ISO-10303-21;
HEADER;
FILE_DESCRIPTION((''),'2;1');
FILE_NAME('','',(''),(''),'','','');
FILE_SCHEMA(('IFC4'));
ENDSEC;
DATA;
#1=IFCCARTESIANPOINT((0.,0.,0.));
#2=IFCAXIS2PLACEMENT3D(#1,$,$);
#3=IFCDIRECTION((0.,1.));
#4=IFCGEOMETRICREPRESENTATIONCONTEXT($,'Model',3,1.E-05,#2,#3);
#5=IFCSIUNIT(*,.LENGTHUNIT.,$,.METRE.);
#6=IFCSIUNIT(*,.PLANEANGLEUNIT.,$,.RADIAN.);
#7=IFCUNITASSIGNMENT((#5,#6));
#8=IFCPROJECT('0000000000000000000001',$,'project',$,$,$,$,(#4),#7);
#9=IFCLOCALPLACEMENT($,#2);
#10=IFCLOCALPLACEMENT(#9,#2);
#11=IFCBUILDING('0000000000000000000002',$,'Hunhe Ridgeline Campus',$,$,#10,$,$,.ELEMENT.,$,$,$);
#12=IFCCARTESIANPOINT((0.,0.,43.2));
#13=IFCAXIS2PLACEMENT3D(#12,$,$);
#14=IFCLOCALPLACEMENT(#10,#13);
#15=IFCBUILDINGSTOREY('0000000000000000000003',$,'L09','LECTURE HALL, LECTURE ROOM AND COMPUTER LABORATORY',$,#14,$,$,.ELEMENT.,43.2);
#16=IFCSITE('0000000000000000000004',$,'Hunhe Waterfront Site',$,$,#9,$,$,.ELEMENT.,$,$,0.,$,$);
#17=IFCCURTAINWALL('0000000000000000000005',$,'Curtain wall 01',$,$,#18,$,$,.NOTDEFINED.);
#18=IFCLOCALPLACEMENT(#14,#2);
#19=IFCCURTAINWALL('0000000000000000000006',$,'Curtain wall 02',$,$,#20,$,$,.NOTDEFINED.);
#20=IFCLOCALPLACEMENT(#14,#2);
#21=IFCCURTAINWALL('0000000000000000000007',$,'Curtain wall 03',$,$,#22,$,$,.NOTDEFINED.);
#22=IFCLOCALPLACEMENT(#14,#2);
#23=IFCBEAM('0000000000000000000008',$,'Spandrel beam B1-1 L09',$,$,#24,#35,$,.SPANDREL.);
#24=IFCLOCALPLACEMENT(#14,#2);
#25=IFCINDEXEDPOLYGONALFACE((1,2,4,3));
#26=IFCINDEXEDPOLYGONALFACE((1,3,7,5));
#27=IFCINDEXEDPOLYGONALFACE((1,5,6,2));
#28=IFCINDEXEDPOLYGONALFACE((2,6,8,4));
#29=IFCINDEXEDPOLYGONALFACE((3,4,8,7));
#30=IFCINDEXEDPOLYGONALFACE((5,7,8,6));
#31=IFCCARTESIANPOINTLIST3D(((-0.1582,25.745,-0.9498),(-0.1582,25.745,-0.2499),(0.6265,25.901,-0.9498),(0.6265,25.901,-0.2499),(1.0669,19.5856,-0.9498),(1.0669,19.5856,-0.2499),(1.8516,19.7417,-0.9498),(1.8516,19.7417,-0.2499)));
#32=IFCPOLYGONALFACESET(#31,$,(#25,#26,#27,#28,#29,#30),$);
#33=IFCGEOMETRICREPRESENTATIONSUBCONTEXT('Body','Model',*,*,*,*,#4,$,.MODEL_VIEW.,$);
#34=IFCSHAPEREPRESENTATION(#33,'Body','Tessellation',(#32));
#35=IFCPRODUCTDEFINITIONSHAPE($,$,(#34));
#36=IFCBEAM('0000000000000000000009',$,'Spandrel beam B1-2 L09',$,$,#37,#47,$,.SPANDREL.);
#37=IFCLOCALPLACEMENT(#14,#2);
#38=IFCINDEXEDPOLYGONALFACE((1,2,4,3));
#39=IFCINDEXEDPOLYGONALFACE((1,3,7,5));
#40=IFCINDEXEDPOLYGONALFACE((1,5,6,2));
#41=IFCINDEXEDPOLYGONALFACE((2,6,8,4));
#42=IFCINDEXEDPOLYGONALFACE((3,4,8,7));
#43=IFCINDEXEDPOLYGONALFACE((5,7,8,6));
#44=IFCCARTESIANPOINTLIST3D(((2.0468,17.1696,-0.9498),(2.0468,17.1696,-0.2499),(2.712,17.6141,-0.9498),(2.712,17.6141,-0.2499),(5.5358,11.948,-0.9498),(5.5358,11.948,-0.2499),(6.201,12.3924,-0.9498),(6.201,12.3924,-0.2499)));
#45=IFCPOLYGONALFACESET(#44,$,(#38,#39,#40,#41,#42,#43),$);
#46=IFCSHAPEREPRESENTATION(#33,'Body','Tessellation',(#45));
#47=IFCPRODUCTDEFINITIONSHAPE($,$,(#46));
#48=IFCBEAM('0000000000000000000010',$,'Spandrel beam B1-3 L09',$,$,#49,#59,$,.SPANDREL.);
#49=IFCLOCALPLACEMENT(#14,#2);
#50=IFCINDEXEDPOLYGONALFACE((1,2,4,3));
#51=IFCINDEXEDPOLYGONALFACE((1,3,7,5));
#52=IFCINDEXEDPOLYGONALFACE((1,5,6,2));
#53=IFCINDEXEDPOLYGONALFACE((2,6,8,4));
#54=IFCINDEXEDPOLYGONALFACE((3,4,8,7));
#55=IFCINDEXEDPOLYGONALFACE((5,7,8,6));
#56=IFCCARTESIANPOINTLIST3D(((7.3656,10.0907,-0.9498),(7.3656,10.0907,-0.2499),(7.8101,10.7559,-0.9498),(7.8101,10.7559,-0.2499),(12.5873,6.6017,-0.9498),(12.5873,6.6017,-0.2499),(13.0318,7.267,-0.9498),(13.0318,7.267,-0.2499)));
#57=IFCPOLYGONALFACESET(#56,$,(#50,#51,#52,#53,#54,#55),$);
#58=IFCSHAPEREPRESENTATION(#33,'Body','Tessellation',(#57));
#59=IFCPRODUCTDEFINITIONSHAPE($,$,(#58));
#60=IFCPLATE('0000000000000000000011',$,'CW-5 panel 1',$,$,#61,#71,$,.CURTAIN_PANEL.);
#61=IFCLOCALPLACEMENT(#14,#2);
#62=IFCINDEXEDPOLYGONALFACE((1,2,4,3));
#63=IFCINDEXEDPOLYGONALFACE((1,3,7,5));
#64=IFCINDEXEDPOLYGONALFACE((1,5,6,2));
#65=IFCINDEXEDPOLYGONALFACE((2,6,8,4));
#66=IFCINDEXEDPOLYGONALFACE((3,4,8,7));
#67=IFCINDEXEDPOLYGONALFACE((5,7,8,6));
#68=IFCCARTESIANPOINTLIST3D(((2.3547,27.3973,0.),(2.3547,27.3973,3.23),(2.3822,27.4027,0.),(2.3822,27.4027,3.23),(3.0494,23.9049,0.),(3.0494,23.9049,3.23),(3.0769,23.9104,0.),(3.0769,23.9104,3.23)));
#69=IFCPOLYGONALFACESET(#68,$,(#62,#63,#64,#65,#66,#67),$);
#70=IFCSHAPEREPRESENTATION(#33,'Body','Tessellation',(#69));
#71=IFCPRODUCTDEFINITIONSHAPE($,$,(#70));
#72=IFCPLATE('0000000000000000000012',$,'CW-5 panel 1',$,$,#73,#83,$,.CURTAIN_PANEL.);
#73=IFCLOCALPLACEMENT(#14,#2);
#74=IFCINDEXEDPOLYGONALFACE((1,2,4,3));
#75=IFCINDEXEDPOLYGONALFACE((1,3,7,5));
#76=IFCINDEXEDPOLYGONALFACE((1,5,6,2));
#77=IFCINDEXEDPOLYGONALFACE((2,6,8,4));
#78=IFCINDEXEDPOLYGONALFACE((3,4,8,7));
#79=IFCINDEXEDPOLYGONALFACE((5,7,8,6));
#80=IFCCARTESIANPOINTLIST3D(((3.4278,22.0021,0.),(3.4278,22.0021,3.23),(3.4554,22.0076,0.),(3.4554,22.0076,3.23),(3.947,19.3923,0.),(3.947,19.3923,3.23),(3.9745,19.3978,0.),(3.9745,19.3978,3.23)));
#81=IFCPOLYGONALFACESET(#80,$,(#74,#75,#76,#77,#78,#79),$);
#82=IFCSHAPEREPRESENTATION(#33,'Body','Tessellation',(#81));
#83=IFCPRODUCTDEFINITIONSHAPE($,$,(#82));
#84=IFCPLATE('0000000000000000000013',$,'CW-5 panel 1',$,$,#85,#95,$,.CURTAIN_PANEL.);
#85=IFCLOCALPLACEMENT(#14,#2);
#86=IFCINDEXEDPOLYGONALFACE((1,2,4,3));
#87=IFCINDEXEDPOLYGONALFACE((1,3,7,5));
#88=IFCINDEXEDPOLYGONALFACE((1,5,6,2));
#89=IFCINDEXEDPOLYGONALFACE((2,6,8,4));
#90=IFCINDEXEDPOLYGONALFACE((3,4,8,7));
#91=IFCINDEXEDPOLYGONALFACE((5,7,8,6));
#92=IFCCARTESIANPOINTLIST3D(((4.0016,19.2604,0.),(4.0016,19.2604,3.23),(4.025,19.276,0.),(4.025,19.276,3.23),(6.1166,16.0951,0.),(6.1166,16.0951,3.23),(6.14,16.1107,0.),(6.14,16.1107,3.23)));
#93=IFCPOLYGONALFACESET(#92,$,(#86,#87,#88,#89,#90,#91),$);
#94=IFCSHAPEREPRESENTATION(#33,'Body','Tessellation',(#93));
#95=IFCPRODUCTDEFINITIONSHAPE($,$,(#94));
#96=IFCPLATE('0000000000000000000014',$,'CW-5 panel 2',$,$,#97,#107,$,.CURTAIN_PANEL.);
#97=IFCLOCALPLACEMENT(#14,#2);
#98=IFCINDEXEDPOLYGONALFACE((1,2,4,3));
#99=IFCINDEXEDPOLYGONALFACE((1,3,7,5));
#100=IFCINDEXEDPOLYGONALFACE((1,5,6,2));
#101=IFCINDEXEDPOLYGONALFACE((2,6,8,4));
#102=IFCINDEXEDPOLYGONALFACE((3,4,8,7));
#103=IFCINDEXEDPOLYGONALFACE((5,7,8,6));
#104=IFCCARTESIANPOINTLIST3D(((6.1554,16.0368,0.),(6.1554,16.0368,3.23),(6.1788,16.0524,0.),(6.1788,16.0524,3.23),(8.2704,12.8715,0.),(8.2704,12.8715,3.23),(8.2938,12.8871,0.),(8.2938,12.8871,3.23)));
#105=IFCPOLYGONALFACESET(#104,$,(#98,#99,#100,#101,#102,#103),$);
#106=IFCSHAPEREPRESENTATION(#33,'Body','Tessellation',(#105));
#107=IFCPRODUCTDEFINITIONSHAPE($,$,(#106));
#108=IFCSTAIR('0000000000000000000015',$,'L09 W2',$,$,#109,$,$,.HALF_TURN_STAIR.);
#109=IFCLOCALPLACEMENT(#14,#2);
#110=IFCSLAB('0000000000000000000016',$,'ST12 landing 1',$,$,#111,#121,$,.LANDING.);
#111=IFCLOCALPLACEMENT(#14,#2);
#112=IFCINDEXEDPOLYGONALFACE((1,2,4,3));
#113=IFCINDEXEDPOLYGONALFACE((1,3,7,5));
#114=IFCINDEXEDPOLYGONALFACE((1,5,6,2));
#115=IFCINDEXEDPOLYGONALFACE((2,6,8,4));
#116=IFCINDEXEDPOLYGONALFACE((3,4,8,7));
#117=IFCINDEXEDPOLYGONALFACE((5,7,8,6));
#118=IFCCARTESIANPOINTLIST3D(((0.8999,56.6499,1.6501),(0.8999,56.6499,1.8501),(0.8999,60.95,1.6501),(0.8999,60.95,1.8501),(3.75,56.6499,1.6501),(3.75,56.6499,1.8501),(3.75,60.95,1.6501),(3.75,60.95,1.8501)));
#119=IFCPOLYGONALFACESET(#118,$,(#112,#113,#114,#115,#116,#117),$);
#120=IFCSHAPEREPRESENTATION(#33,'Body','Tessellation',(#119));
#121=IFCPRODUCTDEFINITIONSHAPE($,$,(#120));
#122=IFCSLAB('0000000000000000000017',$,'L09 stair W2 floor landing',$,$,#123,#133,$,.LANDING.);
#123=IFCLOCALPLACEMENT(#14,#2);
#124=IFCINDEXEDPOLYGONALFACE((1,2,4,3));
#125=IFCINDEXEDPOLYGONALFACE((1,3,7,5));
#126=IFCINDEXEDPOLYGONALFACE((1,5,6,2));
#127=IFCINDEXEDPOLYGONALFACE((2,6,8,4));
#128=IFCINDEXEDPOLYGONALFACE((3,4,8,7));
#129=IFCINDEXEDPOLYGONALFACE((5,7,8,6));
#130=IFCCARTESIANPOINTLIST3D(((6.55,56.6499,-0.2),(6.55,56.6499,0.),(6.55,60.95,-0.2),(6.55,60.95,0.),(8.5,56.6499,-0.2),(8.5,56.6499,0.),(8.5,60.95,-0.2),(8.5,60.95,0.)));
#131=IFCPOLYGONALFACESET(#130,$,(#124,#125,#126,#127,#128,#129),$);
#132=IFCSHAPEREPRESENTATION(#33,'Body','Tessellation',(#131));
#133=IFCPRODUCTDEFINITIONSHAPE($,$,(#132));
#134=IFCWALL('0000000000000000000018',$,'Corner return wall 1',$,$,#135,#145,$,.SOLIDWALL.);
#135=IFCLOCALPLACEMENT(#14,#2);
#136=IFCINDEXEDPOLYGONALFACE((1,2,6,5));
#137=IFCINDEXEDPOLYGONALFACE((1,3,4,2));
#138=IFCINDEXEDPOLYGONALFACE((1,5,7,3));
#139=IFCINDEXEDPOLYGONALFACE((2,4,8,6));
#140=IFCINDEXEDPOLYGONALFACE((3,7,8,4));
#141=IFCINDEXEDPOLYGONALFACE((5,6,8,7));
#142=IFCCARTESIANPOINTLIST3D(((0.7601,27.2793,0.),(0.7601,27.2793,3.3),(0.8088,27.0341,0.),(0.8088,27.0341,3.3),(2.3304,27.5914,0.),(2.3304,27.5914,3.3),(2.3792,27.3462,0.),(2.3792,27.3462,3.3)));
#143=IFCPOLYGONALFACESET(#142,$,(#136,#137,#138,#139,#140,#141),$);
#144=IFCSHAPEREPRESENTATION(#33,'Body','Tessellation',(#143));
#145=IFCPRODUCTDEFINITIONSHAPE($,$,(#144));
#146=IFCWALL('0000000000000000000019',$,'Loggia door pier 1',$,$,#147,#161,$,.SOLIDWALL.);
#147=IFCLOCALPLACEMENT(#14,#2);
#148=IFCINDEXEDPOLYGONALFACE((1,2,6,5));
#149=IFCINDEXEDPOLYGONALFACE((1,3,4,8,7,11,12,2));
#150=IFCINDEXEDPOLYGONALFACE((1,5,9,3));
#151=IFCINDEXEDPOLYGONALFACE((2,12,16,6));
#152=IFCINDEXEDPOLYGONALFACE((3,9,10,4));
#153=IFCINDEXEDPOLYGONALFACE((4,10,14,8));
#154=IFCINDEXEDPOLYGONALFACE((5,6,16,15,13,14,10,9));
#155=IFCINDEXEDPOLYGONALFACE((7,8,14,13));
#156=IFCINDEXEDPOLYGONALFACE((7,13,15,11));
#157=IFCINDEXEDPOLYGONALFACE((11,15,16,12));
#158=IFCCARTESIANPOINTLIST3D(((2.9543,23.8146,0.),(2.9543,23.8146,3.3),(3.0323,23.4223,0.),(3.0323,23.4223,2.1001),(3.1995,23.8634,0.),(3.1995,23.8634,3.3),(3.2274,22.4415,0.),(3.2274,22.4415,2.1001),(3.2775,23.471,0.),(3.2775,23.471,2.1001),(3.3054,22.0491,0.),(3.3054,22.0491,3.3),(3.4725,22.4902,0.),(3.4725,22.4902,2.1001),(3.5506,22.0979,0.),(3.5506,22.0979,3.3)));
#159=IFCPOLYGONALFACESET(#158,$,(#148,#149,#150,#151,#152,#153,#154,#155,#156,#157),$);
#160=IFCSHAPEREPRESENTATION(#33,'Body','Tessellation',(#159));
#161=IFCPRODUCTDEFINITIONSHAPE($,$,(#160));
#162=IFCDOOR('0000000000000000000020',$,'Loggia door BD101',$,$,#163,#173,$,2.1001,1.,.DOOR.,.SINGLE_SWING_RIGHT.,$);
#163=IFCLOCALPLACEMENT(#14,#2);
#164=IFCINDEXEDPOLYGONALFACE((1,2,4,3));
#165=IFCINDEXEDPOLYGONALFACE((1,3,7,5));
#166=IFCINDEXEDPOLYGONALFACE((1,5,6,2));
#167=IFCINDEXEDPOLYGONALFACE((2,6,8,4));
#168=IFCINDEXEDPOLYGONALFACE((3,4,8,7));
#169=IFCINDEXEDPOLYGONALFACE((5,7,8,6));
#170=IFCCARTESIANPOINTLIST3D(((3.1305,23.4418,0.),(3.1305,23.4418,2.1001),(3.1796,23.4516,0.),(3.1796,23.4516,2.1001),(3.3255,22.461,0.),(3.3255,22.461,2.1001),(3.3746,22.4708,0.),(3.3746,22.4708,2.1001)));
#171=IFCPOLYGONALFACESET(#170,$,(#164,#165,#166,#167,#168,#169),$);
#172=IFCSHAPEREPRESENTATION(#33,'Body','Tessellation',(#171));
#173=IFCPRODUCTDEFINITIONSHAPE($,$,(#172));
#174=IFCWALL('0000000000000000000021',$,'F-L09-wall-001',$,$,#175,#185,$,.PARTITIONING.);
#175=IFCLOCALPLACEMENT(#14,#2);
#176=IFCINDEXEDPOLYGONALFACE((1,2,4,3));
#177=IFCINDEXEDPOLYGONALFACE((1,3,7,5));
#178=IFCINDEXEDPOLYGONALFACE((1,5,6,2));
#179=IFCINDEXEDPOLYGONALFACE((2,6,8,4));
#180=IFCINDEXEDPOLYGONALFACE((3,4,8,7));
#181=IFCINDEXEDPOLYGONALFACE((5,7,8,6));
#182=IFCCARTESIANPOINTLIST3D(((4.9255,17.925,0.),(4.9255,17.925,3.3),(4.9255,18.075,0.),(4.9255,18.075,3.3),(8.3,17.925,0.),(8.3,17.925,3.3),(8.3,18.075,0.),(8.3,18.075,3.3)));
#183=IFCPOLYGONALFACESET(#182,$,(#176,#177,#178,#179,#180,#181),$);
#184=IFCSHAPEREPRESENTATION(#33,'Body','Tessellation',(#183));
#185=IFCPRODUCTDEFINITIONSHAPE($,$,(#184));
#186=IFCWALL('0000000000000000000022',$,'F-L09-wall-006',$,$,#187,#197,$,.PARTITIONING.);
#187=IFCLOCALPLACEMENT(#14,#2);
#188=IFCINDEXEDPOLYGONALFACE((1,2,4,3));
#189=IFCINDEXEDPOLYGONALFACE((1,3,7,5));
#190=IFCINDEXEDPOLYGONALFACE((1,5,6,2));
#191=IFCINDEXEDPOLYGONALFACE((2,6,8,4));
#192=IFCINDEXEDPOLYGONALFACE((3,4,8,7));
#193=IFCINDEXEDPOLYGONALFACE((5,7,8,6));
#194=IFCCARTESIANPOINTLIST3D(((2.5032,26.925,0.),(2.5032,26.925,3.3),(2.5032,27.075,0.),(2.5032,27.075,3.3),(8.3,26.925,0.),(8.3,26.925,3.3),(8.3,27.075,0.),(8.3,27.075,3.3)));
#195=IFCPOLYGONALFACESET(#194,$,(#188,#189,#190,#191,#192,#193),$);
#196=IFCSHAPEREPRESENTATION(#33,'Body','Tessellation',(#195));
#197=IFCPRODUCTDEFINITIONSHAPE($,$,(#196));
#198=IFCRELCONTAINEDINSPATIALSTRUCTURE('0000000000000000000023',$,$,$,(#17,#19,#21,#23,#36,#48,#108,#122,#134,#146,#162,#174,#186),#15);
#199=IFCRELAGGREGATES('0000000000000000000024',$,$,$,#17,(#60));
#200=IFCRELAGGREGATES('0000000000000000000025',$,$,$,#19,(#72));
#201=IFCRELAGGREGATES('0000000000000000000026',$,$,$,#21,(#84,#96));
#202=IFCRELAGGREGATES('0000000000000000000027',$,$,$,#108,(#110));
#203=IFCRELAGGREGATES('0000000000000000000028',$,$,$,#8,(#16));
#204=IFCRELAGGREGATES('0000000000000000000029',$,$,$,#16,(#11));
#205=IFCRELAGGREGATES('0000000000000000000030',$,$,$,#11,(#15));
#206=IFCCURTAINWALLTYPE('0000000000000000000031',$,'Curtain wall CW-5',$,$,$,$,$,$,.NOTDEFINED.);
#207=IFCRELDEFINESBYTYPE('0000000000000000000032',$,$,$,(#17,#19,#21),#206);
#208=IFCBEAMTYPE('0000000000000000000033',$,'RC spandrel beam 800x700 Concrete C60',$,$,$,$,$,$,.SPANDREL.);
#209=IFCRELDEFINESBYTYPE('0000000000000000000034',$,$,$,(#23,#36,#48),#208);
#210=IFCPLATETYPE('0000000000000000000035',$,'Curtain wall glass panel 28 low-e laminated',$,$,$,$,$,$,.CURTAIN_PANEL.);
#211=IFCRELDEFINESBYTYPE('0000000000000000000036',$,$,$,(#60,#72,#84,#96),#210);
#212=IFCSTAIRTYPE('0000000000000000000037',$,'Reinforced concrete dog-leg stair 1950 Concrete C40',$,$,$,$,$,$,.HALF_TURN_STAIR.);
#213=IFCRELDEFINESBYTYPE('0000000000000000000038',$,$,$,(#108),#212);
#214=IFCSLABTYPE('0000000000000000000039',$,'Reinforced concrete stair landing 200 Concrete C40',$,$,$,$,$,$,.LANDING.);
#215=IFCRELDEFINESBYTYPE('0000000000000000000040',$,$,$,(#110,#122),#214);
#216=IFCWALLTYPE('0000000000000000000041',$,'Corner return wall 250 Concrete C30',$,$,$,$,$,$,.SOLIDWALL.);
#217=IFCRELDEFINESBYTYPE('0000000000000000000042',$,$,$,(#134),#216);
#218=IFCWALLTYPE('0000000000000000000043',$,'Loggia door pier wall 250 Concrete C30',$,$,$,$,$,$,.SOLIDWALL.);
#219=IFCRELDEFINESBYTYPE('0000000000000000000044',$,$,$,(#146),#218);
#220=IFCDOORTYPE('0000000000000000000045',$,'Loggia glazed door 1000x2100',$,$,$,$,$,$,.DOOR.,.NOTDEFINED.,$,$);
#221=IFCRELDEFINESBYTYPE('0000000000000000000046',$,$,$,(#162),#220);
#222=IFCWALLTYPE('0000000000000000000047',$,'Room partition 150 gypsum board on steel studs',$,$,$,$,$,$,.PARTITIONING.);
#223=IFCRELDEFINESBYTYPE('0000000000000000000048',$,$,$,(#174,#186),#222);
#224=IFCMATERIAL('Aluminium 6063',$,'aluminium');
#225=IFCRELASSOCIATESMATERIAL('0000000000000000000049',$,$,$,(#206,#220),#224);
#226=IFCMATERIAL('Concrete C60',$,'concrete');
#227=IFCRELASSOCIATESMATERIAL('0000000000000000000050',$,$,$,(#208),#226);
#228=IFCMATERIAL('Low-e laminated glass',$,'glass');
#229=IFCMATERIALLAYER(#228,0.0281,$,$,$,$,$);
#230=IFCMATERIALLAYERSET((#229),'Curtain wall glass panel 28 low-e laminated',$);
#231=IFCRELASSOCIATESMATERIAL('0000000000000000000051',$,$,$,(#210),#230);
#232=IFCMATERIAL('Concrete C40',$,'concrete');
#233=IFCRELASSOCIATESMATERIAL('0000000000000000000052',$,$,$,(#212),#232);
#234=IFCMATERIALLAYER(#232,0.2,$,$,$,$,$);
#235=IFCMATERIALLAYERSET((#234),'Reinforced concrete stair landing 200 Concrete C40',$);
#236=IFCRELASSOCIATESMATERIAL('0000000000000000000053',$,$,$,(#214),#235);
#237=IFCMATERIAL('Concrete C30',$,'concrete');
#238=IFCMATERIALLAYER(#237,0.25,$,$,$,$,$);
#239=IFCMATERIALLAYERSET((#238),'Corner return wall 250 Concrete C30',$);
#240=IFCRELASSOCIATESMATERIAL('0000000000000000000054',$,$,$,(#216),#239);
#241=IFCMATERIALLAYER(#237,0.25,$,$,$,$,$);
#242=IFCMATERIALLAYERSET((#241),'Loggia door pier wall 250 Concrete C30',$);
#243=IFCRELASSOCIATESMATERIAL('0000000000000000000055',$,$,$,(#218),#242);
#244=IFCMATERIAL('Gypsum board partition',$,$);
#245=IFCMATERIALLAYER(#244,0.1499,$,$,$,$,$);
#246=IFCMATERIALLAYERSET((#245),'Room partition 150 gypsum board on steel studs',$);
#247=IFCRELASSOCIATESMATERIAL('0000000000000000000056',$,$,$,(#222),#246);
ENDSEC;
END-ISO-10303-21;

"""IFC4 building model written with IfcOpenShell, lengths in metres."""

from ifc_helpers import new_model, si_unit, direction, frame, frame_2d, origin, origin_2d, place, context, subcontext, project, spatial, polyline, rectangle, outline, extrude, material, layer, layer_set, material_profile, profile_set, type_object, element, fill, aggregate, save


model = new_model("IFC4")

# Units and contexts
model_context = context("Model", 3, precision=1e-05, world=origin(), true_north=direction((0.0, 1.0)))
body_context = subcontext(model_context, "Body", "Model", "MODEL_VIEW")
ifc_project = project(units=[si_unit("LENGTHUNIT", "METRE"), si_unit("PLANEANGLEUNIT", "RADIAN")], contexts=[model_context])

# Site, building, storey
site_placement = place(None, origin())
site = spatial("IfcSite", under=ifc_project, at=site_placement, Name="Hunhe Waterfront Site", CompositionType="ELEMENT", RefElevation=0.0)
building_placement = place(site_placement, origin())
building = spatial("IfcBuilding", under=site, at=building_placement, Name="Hunhe Ridgeline Campus", CompositionType="ELEMENT")
storey_placement = place(building_placement, frame((0.0, 0.0, 43.2)))
storey = spatial("IfcBuildingStorey", under=building, at=storey_placement, Name="L09", Description="LECTURE HALL, LECTURE ROOM AND COMPUTER LABORATORY", CompositionType="ELEMENT", Elevation=43.2)

# Curtain walls
ifc_material_1 = material(Name="Aluminium 6063", Category="aluminium")
curtain_wall_type = type_object("IfcCurtainWallType", Name="Curtain wall CW-5", PredefinedType="NOTDEFINED", material=ifc_material_1)
curtain_wall_1_placement = place(storey_placement, origin())
curtain_wall_1 = element("IfcCurtainWall", 1, at=curtain_wall_1_placement, inside=storey, type_object=curtain_wall_type, Name="Curtain wall 01", PredefinedType="NOTDEFINED")
curtain_wall_2_placement = place(storey_placement, origin())
curtain_wall_2 = element("IfcCurtainWall", 2, at=curtain_wall_2_placement, inside=storey, type_object=curtain_wall_type, Name="Curtain wall 02", PredefinedType="NOTDEFINED")
curtain_wall_3_placement = place(storey_placement, origin())
curtain_wall_3 = element("IfcCurtainWall", 3, at=curtain_wall_3_placement, inside=storey, type_object=curtain_wall_type, Name="Curtain wall 03", PredefinedType="NOTDEFINED")

# Beams
ifc_material_2 = material(Name="Concrete C60", Category="concrete")
ifc_material_profile_1 = material_profile(ifc_material_2, rectangle(XDim=0.8, YDim=0.7, at=origin_2d()))
ifc_profile_set_1 = profile_set([ifc_material_profile_1], Name="Concrete C60")
beam_type = type_object("IfcBeamType", Name="RC spandrel beam 800x700 Concrete C60", PredefinedType="SPANDREL", material=ifc_profile_set_1)
for number, where, z_axis, x_axis, name in (
    (4, (0.2341, 25.823, -0.5999), (0.195077, -0.980788, 0.0), (0.980788, 0.195077, 0.0), "Spandrel beam B1-1 L09"),
    (5, (2.3794, 17.3918, -0.5999), (0.55557, -0.83147, 0.0), (0.83147, 0.55557, 0.0), "Spandrel beam B1-2 L09"),
    (6, (7.5879, 10.4233, -0.5999), (0.83147, -0.55557, 0.0), (0.55557, 0.83147, 0.0), "Spandrel beam B1-3 L09"),
):
    element("IfcBeam", number, at=place(storey_placement, frame(where, z_axis=z_axis, x_axis=x_axis)), inside=storey, type_object=beam_type, Name=name, PredefinedType="SPANDREL", context=body_context, shape_type="SweptSolid", body=[
        extrude(rectangle(XDim=0.8, YDim=0.7, at=origin_2d()), origin(), (0.0, 0.0, 1.0), 6.28),
    ])

# Plates
ifc_material_3 = material(Name="Low-e laminated glass", Category="glass")
ifc_layer_1 = layer(ifc_material_3, 0.0281)
ifc_layer_set_1 = layer_set([ifc_layer_1], Name="Curtain wall glass panel 28 low-e laminated")
plate_type = type_object("IfcPlateType", Name="Curtain wall glass panel 28 low-e laminated", PredefinedType="CURTAIN_PANEL", material=ifc_layer_set_1)
plate_1_placement = place(storey_placement, frame((2.7158, 25.6538, 0.0), z_axis=(0.0, 0.0, 1.0), x_axis=(0.195095, -0.980784, 0.0)))
plate_1 = element("IfcPlate", 7, at=plate_1_placement, type_object=plate_type, Name="CW-5 panel 1", PredefinedType="CURTAIN_PANEL", context=body_context, shape_type="SweptSolid", body=[
    extrude(rectangle(XDim=3.5608, YDim=0.0281, at=origin_2d()), origin(), (0.0, 0.0, 1.0), 3.23),
])
aggregate(curtain_wall_1, [plate_1])
plate_2_placement = place(storey_placement, frame((3.7012, 20.7, 0.0), z_axis=(0.0, 0.0, 1.0), x_axis=(0.195095, -0.980784, 0.0)))
plate_2 = element("IfcPlate", 8, at=plate_2_placement, type_object=plate_type, Name="CW-5 panel 1", PredefinedType="CURTAIN_PANEL", context=body_context, shape_type="SweptSolid", body=[
    extrude(rectangle(XDim=2.6609, YDim=0.0281, at=origin_2d()), origin(), (0.0, 0.0, 1.0), 3.23),
])
aggregate(curtain_wall_2, [plate_2])
plate_3_placement = place(storey_placement, frame((5.0708, 17.6855, 0.0), z_axis=(0.0, 0.0, 1.0), x_axis=(0.55557, -0.83147, 0.0)))
plate_3 = element("IfcPlate", 9, at=plate_3_placement, type_object=plate_type, Name="CW-5 panel 1", PredefinedType="CURTAIN_PANEL", context=body_context, shape_type="SweptSolid", body=[
    extrude(rectangle(XDim=3.8069, YDim=0.0281, at=origin_2d()), origin(), (0.0, 0.0, 1.0), 3.23),
])
plate_4_placement = place(storey_placement, frame((7.2246, 14.4619, 0.0), z_axis=(0.0, 0.0, 1.0), x_axis=(0.55557, -0.83147, 0.0)))
plate_4 = element("IfcPlate", 10, at=plate_4_placement, type_object=plate_type, Name="CW-5 panel 2", PredefinedType="CURTAIN_PANEL", context=body_context, shape_type="SweptSolid", body=[
    extrude(rectangle(XDim=3.8069, YDim=0.0281, at=origin_2d()), origin(), (0.0, 0.0, 1.0), 3.23),
])
aggregate(curtain_wall_3, [plate_3, plate_4])

# Stair, slab
ifc_material_4 = material(Name="Concrete C40", Category="concrete")
stair_type = type_object("IfcStairType", Name="Reinforced concrete dog-leg stair 1950 Concrete C40", PredefinedType="HALF_TURN_STAIR", material=ifc_material_4)
stair_placement = place(storey_placement, origin())
stair = element("IfcStair", 11, at=stair_placement, inside=storey, type_object=stair_type, Name="L09 W2", PredefinedType="HALF_TURN_STAIR")
ifc_layer_2 = layer(ifc_material_4, 0.2)
ifc_layer_set_2 = layer_set([ifc_layer_2], Name="Reinforced concrete stair landing 200 Concrete C40")
slab_type = type_object("IfcSlabType", Name="Reinforced concrete stair landing 200 Concrete C40", PredefinedType="LANDING", material=ifc_layer_set_2)
slab_1_placement = place(storey_placement, frame((0.0, 0.0, 1.6501)))
slab_1 = element("IfcSlab", 12, at=slab_1_placement, type_object=slab_type, Name="ST12 landing 1", PredefinedType="LANDING", context=body_context, shape_type="SweptSolid", body=[
    extrude(outline(polyline([(3.75, 60.95), (0.8999, 60.95), (0.8999, 56.6499), (3.75, 56.6499), (3.75, 60.95)])), origin(), (0.0, 0.0, 1.0), 0.2),
])
aggregate(stair, [slab_1])

# Slab
slab_2_placement = place(storey_placement, frame((0.0, 0.0, -0.2)))
element("IfcSlab", 13, at=slab_2_placement, inside=storey, type_object=slab_type, Name="L09 stair W2 floor landing", PredefinedType="LANDING", context=body_context, shape_type="SweptSolid", body=[
    extrude(outline(polyline([(8.5, 60.95), (6.55, 60.95), (6.55, 56.6499), (8.5, 56.6499), (8.5, 60.95)])), origin(), (0.0, 0.0, 1.0), 0.2),
])

# Wall
ifc_material_5 = material(Name="Concrete C30", Category="concrete")
ifc_layer_3 = layer(ifc_material_5, 0.25)
ifc_layer_set_3 = layer_set([ifc_layer_3], Name="Corner return wall 250 Concrete C30")
wall_type_1 = type_object("IfcWallType", Name="Corner return wall 250 Concrete C30", PredefinedType="SOLIDWALL", material=ifc_layer_set_3)
wall_1_placement = place(storey_placement, frame((0.7844, 27.1567, 0.0), z_axis=(0.0, 0.0, 1.0), x_axis=(0.980826, 0.194884, 0.0)))
element("IfcWall", 14, at=wall_1_placement, inside=storey, type_object=wall_type_1, Name="Corner return wall 1", PredefinedType="SOLIDWALL", context=body_context, shape_type="SweptSolid", body=[
    extrude(rectangle(XDim=1.6011, YDim=0.25, at=frame_2d((0.8005, 0.0))), origin(), (0.0, 0.0, 1.0), 3.3),
])

# Wall, opening, door
ifc_layer_4 = layer(ifc_material_5, 0.25)
ifc_layer_set_4 = layer_set([ifc_layer_4], Name="Loggia door pier wall 250 Concrete C30")
wall_type_2 = type_object("IfcWallType", Name="Loggia door pier wall 250 Concrete C30", PredefinedType="SOLIDWALL", material=ifc_layer_set_4)
wall_2_placement = place(storey_placement, frame((3.0769, 23.8389, 0.0), z_axis=(0.0, 0.0, 1.0), x_axis=(0.195047, -0.980794, 0.0)))
wall_2 = element("IfcWall", 15, at=wall_2_placement, inside=storey, type_object=wall_type_2, Name="Loggia door pier 1", PredefinedType="SOLIDWALL", context=body_context, shape_type="SweptSolid", body=[
    extrude(rectangle(XDim=1.8, YDim=0.25, at=frame_2d((0.8999, 0.0))), origin(), (0.0, 0.0, 1.0), 3.3),
])
opening_placement = place(wall_2_placement, frame((0.3999, 0.0, 0.0)))
opening = element("IfcOpeningElement", 16, at=opening_placement, cuts=wall_2, PredefinedType="OPENING", context=body_context, shape_type="SweptSolid", body=[
    extrude(rectangle(XDim=1.0, YDim=2.1001, at=frame_2d((0.5, 1.05))), frame((0.0, 0.125, 0.0), z_axis=(0.0, -1.0, 0.0), x_axis=(1.0, 0.0, 0.0)), (0.0, 0.0, 1.0), 0.25),
])
door_type = type_object("IfcDoorType", Name="Loggia glazed door 1000x2100", OperationType="NOTDEFINED", PredefinedType="DOOR", material=ifc_material_1)
door_placement = place(opening_placement, frame((1.0, 0.0, 0.0), z_axis=(0.0, 0.0, 1.0), x_axis=(-1.0, 0.0, 0.0)))
door = element("IfcDoor", 17, at=door_placement, inside=storey, type_object=door_type, Name="Loggia door BD101", OperationType="SINGLE_SWING_RIGHT", OverallHeight=2.1001, OverallWidth=1.0, PredefinedType="DOOR", context=body_context, shape_type="SweptSolid", body=[
    extrude(rectangle(XDim=1.0, YDim=2.1001, at=frame_2d((0.5, 1.05))), frame((0.0, 0.0249, 0.0), z_axis=(0.0, -1.0, 0.0), x_axis=(1.0, 0.0, 0.0)), (0.0, 0.0, 1.0), 0.05),
])
fill(opening, door)

# Walls
ifc_material_6 = material(Name="Gypsum board partition")
ifc_layer_5 = layer(ifc_material_6, 0.1499)
ifc_layer_set_5 = layer_set([ifc_layer_5], Name="Room partition 150 gypsum board on steel studs")
wall_type_3 = type_object("IfcWallType", Name="Room partition 150 gypsum board on steel studs", PredefinedType="PARTITIONING", material=ifc_layer_set_5)
wall_3_placement = place(storey_placement, frame((4.9255, 18.0, 0.0), z_axis=(0.0, 0.0, 1.0), x_axis=(1.0, 0.0, 0.0)))
element("IfcWall", 18, at=wall_3_placement, inside=storey, type_object=wall_type_3, Name="F-L09-wall-001", PredefinedType="PARTITIONING", context=body_context, shape_type="SweptSolid", body=[
    extrude(rectangle(XDim=3.3745, YDim=0.1499, at=frame_2d((1.6873, 0.0))), origin(), (0.0, 0.0, 1.0), 3.3),
])
wall_4_placement = place(storey_placement, frame((2.5032, 27.0, 0.0), z_axis=(0.0, 0.0, 1.0), x_axis=(1.0, 0.0, 0.0)))
element("IfcWall", 19, at=wall_4_placement, inside=storey, type_object=wall_type_3, Name="F-L09-wall-006", PredefinedType="PARTITIONING", context=body_context, shape_type="SweptSolid", body=[
    extrude(rectangle(XDim=5.7969, YDim=0.1499, at=frame_2d((2.8984, 0.0))), origin(), (0.0, 0.0, 1.0), 3.3),
])

save(model, "model.ifc")
